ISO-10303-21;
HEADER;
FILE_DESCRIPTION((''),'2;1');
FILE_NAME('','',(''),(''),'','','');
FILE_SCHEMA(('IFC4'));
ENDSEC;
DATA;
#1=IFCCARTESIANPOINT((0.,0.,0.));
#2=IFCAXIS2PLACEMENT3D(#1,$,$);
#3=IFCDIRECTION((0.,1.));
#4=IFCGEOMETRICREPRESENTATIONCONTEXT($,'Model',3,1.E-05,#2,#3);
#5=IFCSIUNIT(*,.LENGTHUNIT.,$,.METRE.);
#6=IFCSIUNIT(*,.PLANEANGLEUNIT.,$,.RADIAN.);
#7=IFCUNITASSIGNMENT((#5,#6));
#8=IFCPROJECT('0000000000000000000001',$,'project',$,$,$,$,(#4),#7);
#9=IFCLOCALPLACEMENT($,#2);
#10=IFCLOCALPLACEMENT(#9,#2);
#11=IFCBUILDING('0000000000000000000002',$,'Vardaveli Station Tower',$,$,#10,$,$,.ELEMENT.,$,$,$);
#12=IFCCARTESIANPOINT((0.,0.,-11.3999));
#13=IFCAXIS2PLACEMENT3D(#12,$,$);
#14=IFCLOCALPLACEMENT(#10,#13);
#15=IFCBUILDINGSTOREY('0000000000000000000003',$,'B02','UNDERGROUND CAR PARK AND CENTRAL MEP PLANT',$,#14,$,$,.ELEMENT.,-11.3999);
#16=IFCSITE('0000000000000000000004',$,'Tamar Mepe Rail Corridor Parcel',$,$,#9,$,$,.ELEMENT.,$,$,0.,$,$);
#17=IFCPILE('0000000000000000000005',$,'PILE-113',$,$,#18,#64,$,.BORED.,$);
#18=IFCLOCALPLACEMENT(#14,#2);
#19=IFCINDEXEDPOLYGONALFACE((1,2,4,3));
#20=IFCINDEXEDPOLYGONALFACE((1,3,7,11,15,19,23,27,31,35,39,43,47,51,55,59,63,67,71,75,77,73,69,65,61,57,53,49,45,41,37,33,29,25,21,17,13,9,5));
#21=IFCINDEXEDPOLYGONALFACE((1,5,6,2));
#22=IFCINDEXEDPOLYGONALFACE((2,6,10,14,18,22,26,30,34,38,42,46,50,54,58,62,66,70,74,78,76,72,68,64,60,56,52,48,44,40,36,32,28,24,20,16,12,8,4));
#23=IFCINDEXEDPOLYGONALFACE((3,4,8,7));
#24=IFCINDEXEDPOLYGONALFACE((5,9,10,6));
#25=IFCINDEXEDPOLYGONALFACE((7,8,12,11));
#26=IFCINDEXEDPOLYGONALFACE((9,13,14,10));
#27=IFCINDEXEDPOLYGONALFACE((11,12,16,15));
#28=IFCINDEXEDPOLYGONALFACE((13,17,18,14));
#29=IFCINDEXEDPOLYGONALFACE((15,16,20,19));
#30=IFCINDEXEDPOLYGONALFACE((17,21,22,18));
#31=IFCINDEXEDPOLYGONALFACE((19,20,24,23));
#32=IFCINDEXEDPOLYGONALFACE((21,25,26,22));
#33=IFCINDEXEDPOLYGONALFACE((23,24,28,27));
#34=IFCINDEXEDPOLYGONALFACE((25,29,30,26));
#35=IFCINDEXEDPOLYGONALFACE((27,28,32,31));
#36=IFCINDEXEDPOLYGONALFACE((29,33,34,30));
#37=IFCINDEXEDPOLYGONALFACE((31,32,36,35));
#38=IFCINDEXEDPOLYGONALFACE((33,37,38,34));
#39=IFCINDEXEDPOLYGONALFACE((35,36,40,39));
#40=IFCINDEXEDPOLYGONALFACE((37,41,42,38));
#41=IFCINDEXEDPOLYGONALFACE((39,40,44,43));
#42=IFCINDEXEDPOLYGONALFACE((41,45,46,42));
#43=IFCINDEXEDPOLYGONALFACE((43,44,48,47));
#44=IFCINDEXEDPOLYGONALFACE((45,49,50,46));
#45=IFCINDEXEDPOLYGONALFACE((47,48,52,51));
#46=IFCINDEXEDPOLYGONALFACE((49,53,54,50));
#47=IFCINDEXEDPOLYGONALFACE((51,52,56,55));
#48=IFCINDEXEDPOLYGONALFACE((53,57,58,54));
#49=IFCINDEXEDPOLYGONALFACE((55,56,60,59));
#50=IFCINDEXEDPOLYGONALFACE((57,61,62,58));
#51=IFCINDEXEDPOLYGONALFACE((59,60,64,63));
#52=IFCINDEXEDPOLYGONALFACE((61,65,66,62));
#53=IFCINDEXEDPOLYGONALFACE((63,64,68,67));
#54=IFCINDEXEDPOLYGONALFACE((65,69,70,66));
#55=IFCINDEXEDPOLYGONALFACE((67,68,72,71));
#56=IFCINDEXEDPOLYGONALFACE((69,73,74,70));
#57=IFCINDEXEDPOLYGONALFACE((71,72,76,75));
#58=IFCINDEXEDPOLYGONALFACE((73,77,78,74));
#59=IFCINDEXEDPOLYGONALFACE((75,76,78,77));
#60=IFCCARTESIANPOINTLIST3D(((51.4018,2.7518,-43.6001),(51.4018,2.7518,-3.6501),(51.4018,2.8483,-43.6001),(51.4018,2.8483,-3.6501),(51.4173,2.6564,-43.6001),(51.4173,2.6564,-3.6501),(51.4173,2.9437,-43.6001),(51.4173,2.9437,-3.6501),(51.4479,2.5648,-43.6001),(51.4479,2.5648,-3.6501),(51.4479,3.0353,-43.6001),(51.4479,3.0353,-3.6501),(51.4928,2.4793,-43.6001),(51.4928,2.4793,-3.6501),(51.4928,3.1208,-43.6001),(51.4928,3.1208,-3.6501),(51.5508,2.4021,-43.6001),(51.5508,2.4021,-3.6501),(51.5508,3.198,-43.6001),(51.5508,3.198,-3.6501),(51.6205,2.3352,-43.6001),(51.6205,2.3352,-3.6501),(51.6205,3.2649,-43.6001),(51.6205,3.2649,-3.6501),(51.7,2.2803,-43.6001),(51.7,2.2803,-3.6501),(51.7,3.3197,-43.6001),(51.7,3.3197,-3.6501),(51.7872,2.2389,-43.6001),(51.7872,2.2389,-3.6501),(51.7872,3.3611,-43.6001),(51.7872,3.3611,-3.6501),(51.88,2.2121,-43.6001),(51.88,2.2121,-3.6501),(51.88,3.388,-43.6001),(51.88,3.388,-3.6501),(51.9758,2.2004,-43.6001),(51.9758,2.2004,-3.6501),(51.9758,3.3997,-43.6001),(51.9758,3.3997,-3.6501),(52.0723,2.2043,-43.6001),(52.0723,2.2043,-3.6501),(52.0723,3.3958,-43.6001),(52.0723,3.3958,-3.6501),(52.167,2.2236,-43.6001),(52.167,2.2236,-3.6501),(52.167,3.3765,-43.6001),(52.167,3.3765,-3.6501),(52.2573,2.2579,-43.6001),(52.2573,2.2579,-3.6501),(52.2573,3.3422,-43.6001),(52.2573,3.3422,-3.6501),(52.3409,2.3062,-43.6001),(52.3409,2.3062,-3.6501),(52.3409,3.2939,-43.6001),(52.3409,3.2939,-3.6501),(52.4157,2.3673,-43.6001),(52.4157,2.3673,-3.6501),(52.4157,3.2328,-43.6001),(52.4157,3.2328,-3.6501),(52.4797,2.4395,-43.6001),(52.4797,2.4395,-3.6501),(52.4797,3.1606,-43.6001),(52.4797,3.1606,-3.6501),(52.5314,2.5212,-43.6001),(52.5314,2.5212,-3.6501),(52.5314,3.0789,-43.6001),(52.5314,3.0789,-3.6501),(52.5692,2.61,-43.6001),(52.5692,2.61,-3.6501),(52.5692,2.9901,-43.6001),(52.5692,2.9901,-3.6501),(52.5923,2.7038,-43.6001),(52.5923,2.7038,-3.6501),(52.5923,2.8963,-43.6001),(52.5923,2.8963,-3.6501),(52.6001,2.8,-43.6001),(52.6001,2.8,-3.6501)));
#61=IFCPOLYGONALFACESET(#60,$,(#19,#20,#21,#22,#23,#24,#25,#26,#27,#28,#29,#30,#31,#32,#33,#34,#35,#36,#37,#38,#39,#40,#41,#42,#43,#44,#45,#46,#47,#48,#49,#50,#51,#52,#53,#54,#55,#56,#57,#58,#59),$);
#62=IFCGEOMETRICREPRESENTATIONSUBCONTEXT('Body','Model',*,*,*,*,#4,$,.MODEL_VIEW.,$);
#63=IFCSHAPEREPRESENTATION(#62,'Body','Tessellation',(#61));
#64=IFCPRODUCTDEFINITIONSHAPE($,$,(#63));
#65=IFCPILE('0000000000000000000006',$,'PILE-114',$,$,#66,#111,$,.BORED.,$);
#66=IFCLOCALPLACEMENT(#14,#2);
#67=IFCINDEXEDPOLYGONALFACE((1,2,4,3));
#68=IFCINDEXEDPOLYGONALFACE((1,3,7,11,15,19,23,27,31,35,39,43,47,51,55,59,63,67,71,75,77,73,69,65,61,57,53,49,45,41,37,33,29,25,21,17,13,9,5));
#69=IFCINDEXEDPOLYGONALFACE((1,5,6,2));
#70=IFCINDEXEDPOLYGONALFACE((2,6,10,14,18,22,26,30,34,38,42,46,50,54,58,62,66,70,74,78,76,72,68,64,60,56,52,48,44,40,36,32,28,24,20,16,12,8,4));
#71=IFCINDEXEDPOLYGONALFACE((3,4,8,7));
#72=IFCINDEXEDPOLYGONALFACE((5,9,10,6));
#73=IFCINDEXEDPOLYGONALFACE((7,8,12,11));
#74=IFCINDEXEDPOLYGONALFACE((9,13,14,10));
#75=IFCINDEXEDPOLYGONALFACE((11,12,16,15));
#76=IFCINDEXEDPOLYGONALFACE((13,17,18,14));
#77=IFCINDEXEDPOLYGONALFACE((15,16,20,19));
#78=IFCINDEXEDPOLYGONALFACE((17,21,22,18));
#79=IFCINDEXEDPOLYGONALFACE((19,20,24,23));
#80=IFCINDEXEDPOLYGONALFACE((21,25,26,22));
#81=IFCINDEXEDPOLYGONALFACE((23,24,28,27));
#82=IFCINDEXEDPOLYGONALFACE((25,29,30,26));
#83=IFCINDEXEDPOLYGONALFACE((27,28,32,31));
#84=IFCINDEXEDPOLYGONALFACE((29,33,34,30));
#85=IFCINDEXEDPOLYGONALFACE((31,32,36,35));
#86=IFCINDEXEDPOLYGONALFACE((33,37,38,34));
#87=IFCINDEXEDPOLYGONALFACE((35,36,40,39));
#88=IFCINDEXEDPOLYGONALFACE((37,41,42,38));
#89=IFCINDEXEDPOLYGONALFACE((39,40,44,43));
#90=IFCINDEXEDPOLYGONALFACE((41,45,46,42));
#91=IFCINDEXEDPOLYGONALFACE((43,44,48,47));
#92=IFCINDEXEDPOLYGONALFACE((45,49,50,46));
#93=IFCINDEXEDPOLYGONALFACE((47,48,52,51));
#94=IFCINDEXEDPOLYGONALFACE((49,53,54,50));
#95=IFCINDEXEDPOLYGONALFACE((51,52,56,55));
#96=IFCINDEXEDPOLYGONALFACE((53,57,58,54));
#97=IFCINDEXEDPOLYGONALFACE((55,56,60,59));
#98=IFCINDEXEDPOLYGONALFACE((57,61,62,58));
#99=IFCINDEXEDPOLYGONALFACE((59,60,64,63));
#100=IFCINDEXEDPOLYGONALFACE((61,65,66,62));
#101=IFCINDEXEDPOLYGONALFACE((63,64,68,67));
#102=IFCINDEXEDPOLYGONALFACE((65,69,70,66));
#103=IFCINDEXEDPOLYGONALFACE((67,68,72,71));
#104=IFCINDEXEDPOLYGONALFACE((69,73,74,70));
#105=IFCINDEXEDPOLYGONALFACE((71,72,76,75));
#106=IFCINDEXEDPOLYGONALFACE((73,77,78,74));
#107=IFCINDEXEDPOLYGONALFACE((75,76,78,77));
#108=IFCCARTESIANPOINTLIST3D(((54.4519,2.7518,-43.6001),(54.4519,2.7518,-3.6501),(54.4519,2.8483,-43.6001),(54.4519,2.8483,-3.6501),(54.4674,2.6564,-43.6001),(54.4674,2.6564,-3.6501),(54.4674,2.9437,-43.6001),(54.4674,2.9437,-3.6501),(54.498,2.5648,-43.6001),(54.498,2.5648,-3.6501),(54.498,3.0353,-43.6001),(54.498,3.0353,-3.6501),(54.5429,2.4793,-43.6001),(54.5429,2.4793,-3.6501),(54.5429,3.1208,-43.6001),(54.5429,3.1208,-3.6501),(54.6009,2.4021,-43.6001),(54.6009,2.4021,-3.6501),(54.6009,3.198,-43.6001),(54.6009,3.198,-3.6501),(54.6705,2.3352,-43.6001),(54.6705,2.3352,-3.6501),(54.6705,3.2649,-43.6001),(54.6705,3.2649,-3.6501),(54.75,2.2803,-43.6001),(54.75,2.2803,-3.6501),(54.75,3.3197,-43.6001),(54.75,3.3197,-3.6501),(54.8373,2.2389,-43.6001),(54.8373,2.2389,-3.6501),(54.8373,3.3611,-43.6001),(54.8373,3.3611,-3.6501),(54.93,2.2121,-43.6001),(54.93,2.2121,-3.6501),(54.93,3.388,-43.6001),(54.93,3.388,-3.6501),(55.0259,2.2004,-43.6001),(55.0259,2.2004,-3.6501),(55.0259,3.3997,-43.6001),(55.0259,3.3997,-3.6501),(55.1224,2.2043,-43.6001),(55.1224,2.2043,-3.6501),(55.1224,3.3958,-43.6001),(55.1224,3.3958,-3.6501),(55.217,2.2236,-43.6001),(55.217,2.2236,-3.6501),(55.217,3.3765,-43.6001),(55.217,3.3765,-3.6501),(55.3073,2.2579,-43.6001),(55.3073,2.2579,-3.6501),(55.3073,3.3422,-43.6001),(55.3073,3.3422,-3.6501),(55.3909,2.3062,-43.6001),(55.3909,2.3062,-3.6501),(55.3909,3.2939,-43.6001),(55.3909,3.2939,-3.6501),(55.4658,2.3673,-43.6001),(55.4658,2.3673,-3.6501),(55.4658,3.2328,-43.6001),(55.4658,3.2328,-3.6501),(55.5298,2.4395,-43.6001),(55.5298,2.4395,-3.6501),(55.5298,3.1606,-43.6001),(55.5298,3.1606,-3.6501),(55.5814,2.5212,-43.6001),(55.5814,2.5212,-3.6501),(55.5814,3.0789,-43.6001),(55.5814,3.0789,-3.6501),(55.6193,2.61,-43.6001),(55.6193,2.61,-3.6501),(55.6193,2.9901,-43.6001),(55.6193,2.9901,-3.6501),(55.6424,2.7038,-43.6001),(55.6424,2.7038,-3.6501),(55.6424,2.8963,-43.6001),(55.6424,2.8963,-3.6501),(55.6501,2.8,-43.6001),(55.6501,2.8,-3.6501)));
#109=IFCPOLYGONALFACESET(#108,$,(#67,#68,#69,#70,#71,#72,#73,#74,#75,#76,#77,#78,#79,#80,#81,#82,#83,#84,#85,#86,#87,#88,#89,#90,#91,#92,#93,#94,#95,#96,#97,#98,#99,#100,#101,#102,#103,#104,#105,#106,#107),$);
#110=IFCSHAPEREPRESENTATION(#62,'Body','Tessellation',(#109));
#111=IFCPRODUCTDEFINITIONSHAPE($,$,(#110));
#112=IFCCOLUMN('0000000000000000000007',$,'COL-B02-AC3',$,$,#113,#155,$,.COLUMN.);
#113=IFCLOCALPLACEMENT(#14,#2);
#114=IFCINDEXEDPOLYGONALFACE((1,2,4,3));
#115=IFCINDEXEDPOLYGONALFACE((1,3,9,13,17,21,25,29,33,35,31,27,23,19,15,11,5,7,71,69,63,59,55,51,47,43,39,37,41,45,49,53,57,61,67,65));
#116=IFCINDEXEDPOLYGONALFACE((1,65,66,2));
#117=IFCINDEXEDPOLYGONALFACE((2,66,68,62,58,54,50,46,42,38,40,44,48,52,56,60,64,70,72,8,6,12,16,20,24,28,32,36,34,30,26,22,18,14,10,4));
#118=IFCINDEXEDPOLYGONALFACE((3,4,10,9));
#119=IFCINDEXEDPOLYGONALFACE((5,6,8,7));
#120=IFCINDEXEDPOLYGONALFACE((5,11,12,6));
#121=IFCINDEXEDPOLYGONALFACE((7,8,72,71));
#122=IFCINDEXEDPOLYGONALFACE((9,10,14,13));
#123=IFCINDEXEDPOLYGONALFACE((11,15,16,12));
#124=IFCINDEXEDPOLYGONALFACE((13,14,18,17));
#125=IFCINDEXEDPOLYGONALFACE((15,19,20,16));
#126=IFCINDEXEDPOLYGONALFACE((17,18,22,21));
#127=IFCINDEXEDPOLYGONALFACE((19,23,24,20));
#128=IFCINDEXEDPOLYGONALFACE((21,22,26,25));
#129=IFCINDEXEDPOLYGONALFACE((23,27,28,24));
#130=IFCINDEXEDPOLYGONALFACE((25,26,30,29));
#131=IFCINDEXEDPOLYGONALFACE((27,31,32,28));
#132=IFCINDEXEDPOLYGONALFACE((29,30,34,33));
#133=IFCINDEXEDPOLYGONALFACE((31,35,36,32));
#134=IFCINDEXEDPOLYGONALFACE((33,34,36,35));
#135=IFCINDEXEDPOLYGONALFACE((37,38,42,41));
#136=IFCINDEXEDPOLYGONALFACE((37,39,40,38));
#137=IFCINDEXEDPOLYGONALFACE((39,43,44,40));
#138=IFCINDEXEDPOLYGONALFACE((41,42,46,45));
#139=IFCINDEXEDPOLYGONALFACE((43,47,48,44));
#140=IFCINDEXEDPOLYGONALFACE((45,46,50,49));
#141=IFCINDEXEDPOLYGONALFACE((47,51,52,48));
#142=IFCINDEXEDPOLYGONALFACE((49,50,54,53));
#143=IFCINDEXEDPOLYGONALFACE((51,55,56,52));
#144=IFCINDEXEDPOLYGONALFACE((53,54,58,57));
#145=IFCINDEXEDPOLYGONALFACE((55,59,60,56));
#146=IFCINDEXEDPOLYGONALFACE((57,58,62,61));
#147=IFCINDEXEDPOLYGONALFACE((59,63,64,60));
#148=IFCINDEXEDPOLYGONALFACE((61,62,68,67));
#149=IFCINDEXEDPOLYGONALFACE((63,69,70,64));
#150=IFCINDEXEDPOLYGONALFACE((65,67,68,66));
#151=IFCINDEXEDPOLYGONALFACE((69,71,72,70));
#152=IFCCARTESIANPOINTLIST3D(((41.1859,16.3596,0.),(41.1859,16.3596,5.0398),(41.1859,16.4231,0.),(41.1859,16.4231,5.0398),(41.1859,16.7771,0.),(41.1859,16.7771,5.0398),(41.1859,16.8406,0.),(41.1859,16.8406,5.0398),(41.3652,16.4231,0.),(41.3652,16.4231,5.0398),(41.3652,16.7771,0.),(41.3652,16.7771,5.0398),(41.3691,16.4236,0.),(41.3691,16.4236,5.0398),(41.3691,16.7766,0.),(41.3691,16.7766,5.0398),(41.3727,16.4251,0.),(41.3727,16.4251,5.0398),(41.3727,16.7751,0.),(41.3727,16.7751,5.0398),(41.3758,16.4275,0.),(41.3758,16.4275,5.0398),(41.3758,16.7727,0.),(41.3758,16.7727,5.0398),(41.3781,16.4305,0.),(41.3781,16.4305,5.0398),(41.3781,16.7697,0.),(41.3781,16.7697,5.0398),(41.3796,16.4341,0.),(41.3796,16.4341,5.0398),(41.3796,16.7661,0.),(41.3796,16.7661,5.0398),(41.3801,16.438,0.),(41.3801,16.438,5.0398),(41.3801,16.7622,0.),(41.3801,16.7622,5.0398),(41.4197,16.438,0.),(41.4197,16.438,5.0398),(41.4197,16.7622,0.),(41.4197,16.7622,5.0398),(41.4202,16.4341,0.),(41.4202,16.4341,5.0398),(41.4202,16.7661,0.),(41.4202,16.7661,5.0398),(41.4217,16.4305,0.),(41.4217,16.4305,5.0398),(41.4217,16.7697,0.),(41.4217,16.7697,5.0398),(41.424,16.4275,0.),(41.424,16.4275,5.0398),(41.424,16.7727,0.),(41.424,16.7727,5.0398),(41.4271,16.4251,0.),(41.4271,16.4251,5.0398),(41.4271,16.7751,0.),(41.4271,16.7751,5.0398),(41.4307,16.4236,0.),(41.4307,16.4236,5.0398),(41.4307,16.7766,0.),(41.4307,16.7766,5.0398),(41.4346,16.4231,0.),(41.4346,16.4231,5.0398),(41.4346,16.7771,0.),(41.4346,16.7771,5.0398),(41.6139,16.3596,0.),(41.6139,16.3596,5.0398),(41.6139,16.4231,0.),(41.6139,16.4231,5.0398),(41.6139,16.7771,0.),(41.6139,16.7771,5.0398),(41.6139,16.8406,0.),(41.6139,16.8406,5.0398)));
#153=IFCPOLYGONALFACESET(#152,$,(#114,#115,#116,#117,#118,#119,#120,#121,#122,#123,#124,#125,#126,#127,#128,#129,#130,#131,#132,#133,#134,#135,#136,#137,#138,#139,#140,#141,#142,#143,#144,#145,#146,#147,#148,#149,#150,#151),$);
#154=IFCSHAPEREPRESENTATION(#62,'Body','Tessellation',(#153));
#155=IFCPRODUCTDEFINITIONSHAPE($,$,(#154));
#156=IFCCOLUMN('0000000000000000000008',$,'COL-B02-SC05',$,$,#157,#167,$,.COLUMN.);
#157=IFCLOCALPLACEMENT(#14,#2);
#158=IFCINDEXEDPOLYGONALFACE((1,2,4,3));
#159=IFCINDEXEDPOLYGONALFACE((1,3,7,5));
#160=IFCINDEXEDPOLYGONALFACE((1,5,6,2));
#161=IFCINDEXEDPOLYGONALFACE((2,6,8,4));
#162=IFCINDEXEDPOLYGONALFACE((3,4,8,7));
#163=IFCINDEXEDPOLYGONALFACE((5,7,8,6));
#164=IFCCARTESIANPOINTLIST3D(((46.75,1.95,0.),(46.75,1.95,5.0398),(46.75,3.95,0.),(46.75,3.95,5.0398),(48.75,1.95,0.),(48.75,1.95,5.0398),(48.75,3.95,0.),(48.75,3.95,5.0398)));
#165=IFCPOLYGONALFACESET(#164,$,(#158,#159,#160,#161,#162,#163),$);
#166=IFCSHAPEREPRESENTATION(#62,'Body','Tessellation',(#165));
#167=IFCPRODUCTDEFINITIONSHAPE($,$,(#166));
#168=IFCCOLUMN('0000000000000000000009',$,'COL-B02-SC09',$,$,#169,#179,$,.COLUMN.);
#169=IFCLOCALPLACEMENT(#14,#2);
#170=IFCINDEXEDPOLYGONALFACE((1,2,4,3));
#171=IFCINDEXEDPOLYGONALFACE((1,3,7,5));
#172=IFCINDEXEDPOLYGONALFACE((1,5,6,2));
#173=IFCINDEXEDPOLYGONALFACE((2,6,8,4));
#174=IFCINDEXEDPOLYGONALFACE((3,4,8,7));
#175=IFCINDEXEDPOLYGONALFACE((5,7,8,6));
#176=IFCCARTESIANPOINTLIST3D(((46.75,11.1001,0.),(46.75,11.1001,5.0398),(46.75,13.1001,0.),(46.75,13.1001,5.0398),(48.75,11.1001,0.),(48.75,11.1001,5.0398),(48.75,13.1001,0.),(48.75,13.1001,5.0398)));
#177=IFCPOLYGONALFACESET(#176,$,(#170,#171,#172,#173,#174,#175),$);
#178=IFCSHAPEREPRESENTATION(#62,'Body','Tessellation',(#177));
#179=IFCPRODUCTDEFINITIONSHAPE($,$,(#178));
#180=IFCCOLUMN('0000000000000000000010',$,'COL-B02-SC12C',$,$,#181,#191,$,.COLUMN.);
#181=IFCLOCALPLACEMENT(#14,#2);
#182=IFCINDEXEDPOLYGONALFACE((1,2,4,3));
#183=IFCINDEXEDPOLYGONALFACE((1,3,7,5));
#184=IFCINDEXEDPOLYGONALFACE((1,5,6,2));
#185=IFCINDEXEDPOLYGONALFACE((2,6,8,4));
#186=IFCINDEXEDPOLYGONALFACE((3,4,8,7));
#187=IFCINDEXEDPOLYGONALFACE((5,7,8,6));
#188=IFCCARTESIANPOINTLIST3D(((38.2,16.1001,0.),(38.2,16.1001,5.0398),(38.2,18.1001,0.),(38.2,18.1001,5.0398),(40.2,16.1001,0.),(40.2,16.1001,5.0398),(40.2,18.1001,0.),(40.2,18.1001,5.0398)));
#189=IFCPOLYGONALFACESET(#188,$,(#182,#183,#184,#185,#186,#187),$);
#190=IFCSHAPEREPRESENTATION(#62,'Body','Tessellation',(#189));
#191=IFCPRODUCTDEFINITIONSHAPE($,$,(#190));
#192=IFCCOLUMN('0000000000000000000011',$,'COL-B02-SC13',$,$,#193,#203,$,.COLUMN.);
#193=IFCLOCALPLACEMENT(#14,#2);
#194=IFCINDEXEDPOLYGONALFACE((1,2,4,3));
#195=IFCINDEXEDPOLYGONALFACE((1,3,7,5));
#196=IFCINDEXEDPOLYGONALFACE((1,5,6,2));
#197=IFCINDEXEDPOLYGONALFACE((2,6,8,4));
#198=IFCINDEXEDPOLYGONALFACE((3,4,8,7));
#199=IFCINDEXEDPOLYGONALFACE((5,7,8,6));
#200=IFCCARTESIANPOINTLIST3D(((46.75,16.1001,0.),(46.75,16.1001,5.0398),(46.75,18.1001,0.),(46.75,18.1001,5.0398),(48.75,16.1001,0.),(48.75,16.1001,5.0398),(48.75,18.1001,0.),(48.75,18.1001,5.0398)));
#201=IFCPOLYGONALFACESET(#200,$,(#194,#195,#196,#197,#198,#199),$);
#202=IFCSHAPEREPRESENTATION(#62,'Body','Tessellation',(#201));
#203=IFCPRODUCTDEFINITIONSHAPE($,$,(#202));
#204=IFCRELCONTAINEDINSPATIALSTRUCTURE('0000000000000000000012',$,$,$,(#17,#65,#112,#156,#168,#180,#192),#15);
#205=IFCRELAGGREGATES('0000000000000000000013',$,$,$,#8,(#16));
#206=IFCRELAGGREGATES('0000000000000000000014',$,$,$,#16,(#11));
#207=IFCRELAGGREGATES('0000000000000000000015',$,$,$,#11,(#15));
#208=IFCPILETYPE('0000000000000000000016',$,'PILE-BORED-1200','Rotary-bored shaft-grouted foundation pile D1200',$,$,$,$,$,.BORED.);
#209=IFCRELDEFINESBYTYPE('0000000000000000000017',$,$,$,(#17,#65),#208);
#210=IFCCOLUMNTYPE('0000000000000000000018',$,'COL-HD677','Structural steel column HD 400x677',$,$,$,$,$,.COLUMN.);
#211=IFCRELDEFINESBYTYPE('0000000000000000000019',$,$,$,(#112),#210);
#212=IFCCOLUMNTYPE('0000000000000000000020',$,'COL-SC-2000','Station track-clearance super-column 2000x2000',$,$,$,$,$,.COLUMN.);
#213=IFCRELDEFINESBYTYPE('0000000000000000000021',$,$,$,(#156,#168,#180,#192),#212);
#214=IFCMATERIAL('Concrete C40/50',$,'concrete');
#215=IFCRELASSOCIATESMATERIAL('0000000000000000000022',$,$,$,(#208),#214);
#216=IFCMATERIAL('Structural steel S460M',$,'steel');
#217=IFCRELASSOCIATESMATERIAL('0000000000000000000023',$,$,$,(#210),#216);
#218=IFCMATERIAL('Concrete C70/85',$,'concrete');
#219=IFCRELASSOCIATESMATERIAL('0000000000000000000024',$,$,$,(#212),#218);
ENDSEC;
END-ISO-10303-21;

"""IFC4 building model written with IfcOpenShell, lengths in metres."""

from ifc_helpers import new_model, si_unit, direction, frame, origin, origin_2d, place, context, subcontext, project, spatial, rectangle, circle, i_section, extrude, source, transform, mapped, material, material_profile, profile_set, type_object, element, save


model = new_model("IFC4")

# Units and contexts
model_context = context("Model", 3, precision=1e-05, world=origin(), true_north=direction((0.0, 1.0)))
body_context = subcontext(model_context, "Body", "Model", "MODEL_VIEW")
ifc_project = project(units=[si_unit("LENGTHUNIT", "METRE"), si_unit("PLANEANGLEUNIT", "RADIAN")], contexts=[model_context])

# Site, building, storey
site_placement = place(None, origin())
site = spatial("IfcSite", under=ifc_project, at=site_placement, Name="Tamar Mepe Rail Corridor Parcel", CompositionType="ELEMENT", RefElevation=0.0)
building_placement = place(site_placement, origin())
building = spatial("IfcBuilding", under=site, at=building_placement, Name="Vardaveli Station Tower", CompositionType="ELEMENT")
storey_placement = place(building_placement, frame((0.0, 0.0, -11.3999)))
storey = spatial("IfcBuildingStorey", under=building, at=storey_placement, Name="B02", Description="UNDERGROUND CAR PARK AND CENTRAL MEP PLANT", CompositionType="ELEMENT", Elevation=-11.3999)

# Piles
ifc_material_1 = material(Name="Concrete C40/50", Category="concrete")
ifc_material_profile_1 = material_profile(ifc_material_1, circle(Radius=0.6001, at=origin_2d()), Name="PILE D1200")
ifc_profile_set_1 = profile_set([ifc_material_profile_1], Name="Concrete C40/50")
pile_type_1 = type_object("IfcPileType", Name="PILE-BORED-1200", Description="Rotary-bored shaft-grouted foundation pile D1200", PredefinedType="BORED", material=ifc_profile_set_1)
shared_shape_1 = source(origin(), body_context, "Body", "SweptSolid", [
    extrude(circle(Radius=0.6001, at=origin_2d()), origin(), (0.0, 0.0, 1.0), 39.95),
])
for number, where, z_axis, x_axis, name in (
    (1, (52.0, 2.8, -3.6501), (0.0, 0.0, -1.0), (1.0, 0.0, 0.0), "PILE-113"),
    (2, (55.05, 2.8, -3.6501), (0.0, 0.0, -1.0), (1.0, 0.0, 0.0), "PILE-114"),
):
    element("IfcPile", number, at=place(storey_placement, frame(where, z_axis=z_axis, x_axis=x_axis)), inside=storey, type_object=pile_type_1, Name=name, PredefinedType="BORED", context=body_context, shape_type="MappedRepresentation", body=[
        mapped(shared_shape_1, transform((0.0, 0.0, 0.0), scale=1.0)),
    ])

# Columns
ifc_material_2 = material(Name="Structural steel S460M", Category="steel")
ifc_material_profile_2 = material_profile(ifc_material_2, i_section(OverallWidth=0.428, OverallDepth=0.481, WebThickness=0.0396, FlangeThickness=0.0635, FilletRadius=0.0149, at=origin_2d()), Name="HD 400x677")
ifc_profile_set_2 = profile_set([ifc_material_profile_2], Name="Structural steel S460M")
column_type_1 = type_object("IfcColumnType", Name="COL-HD677", Description="Structural steel column HD 400x677", PredefinedType="COLUMN", material=ifc_profile_set_2)
shared_shape_2 = source(origin(), body_context, "Body", "SweptSolid", [
    extrude(i_section(OverallWidth=0.428, OverallDepth=0.481, WebThickness=0.0396, FlangeThickness=0.0635, FilletRadius=0.0149, at=origin_2d()), origin(), (0.0, 0.0, 1.0), 5.0398),
])
column_placement = place(storey_placement, frame((41.3999, 16.6001, 0.0), z_axis=(0.0, 0.0, 1.0), x_axis=(1.0, 0.0, 0.0)))
element("IfcColumn", 3, at=column_placement, inside=storey, type_object=column_type_1, Name="COL-B02-AC3", PredefinedType="COLUMN", context=body_context, shape_type="MappedRepresentation", body=[
    mapped(shared_shape_2, transform((0.0, 0.0, 0.0), scale=1.0)),
])
ifc_material_3 = material(Name="Concrete C70/85", Category="concrete")
ifc_material_profile_3 = material_profile(ifc_material_3, rectangle(XDim=2.0, YDim=2.0, at=origin_2d()), Name="SC 2000x2000")
ifc_profile_set_3 = profile_set([ifc_material_profile_3], Name="Concrete C70/85")
column_type_2 = type_object("IfcColumnType", Name="COL-SC-2000", Description="Station track-clearance super-column 2000x2000", PredefinedType="COLUMN", material=ifc_profile_set_3)
shared_shape_3 = source(origin(), body_context, "Body", "SweptSolid", [
    extrude(rectangle(XDim=2.0, YDim=2.0, at=origin_2d()), origin(), (0.0, 0.0, 1.0), 5.0398),
])
for number, where, z_axis, x_axis, name in (
    (4, (47.75, 2.95, 0.0), (0.0, 0.0, 1.0), (1.0, 0.0, 0.0), "COL-B02-SC05"),
    (5, (47.75, 12.1001, 0.0), (0.0, 0.0, 1.0), (1.0, 0.0, 0.0), "COL-B02-SC09"),
    (6, (39.2, 17.1001, 0.0), (0.0, 0.0, 1.0), (1.0, 0.0, 0.0), "COL-B02-SC12C"),
    (7, (47.75, 17.1001, 0.0), (0.0, 0.0, 1.0), (1.0, 0.0, 0.0), "COL-B02-SC13"),
):
    element("IfcColumn", number, at=place(storey_placement, frame(where, z_axis=z_axis, x_axis=x_axis)), inside=storey, type_object=column_type_2, Name=name, PredefinedType="COLUMN", context=body_context, shape_type="MappedRepresentation", body=[
        mapped(shared_shape_3, transform((0.0, 0.0, 0.0), scale=1.0)),
    ])

save(model, "model.ifc")
